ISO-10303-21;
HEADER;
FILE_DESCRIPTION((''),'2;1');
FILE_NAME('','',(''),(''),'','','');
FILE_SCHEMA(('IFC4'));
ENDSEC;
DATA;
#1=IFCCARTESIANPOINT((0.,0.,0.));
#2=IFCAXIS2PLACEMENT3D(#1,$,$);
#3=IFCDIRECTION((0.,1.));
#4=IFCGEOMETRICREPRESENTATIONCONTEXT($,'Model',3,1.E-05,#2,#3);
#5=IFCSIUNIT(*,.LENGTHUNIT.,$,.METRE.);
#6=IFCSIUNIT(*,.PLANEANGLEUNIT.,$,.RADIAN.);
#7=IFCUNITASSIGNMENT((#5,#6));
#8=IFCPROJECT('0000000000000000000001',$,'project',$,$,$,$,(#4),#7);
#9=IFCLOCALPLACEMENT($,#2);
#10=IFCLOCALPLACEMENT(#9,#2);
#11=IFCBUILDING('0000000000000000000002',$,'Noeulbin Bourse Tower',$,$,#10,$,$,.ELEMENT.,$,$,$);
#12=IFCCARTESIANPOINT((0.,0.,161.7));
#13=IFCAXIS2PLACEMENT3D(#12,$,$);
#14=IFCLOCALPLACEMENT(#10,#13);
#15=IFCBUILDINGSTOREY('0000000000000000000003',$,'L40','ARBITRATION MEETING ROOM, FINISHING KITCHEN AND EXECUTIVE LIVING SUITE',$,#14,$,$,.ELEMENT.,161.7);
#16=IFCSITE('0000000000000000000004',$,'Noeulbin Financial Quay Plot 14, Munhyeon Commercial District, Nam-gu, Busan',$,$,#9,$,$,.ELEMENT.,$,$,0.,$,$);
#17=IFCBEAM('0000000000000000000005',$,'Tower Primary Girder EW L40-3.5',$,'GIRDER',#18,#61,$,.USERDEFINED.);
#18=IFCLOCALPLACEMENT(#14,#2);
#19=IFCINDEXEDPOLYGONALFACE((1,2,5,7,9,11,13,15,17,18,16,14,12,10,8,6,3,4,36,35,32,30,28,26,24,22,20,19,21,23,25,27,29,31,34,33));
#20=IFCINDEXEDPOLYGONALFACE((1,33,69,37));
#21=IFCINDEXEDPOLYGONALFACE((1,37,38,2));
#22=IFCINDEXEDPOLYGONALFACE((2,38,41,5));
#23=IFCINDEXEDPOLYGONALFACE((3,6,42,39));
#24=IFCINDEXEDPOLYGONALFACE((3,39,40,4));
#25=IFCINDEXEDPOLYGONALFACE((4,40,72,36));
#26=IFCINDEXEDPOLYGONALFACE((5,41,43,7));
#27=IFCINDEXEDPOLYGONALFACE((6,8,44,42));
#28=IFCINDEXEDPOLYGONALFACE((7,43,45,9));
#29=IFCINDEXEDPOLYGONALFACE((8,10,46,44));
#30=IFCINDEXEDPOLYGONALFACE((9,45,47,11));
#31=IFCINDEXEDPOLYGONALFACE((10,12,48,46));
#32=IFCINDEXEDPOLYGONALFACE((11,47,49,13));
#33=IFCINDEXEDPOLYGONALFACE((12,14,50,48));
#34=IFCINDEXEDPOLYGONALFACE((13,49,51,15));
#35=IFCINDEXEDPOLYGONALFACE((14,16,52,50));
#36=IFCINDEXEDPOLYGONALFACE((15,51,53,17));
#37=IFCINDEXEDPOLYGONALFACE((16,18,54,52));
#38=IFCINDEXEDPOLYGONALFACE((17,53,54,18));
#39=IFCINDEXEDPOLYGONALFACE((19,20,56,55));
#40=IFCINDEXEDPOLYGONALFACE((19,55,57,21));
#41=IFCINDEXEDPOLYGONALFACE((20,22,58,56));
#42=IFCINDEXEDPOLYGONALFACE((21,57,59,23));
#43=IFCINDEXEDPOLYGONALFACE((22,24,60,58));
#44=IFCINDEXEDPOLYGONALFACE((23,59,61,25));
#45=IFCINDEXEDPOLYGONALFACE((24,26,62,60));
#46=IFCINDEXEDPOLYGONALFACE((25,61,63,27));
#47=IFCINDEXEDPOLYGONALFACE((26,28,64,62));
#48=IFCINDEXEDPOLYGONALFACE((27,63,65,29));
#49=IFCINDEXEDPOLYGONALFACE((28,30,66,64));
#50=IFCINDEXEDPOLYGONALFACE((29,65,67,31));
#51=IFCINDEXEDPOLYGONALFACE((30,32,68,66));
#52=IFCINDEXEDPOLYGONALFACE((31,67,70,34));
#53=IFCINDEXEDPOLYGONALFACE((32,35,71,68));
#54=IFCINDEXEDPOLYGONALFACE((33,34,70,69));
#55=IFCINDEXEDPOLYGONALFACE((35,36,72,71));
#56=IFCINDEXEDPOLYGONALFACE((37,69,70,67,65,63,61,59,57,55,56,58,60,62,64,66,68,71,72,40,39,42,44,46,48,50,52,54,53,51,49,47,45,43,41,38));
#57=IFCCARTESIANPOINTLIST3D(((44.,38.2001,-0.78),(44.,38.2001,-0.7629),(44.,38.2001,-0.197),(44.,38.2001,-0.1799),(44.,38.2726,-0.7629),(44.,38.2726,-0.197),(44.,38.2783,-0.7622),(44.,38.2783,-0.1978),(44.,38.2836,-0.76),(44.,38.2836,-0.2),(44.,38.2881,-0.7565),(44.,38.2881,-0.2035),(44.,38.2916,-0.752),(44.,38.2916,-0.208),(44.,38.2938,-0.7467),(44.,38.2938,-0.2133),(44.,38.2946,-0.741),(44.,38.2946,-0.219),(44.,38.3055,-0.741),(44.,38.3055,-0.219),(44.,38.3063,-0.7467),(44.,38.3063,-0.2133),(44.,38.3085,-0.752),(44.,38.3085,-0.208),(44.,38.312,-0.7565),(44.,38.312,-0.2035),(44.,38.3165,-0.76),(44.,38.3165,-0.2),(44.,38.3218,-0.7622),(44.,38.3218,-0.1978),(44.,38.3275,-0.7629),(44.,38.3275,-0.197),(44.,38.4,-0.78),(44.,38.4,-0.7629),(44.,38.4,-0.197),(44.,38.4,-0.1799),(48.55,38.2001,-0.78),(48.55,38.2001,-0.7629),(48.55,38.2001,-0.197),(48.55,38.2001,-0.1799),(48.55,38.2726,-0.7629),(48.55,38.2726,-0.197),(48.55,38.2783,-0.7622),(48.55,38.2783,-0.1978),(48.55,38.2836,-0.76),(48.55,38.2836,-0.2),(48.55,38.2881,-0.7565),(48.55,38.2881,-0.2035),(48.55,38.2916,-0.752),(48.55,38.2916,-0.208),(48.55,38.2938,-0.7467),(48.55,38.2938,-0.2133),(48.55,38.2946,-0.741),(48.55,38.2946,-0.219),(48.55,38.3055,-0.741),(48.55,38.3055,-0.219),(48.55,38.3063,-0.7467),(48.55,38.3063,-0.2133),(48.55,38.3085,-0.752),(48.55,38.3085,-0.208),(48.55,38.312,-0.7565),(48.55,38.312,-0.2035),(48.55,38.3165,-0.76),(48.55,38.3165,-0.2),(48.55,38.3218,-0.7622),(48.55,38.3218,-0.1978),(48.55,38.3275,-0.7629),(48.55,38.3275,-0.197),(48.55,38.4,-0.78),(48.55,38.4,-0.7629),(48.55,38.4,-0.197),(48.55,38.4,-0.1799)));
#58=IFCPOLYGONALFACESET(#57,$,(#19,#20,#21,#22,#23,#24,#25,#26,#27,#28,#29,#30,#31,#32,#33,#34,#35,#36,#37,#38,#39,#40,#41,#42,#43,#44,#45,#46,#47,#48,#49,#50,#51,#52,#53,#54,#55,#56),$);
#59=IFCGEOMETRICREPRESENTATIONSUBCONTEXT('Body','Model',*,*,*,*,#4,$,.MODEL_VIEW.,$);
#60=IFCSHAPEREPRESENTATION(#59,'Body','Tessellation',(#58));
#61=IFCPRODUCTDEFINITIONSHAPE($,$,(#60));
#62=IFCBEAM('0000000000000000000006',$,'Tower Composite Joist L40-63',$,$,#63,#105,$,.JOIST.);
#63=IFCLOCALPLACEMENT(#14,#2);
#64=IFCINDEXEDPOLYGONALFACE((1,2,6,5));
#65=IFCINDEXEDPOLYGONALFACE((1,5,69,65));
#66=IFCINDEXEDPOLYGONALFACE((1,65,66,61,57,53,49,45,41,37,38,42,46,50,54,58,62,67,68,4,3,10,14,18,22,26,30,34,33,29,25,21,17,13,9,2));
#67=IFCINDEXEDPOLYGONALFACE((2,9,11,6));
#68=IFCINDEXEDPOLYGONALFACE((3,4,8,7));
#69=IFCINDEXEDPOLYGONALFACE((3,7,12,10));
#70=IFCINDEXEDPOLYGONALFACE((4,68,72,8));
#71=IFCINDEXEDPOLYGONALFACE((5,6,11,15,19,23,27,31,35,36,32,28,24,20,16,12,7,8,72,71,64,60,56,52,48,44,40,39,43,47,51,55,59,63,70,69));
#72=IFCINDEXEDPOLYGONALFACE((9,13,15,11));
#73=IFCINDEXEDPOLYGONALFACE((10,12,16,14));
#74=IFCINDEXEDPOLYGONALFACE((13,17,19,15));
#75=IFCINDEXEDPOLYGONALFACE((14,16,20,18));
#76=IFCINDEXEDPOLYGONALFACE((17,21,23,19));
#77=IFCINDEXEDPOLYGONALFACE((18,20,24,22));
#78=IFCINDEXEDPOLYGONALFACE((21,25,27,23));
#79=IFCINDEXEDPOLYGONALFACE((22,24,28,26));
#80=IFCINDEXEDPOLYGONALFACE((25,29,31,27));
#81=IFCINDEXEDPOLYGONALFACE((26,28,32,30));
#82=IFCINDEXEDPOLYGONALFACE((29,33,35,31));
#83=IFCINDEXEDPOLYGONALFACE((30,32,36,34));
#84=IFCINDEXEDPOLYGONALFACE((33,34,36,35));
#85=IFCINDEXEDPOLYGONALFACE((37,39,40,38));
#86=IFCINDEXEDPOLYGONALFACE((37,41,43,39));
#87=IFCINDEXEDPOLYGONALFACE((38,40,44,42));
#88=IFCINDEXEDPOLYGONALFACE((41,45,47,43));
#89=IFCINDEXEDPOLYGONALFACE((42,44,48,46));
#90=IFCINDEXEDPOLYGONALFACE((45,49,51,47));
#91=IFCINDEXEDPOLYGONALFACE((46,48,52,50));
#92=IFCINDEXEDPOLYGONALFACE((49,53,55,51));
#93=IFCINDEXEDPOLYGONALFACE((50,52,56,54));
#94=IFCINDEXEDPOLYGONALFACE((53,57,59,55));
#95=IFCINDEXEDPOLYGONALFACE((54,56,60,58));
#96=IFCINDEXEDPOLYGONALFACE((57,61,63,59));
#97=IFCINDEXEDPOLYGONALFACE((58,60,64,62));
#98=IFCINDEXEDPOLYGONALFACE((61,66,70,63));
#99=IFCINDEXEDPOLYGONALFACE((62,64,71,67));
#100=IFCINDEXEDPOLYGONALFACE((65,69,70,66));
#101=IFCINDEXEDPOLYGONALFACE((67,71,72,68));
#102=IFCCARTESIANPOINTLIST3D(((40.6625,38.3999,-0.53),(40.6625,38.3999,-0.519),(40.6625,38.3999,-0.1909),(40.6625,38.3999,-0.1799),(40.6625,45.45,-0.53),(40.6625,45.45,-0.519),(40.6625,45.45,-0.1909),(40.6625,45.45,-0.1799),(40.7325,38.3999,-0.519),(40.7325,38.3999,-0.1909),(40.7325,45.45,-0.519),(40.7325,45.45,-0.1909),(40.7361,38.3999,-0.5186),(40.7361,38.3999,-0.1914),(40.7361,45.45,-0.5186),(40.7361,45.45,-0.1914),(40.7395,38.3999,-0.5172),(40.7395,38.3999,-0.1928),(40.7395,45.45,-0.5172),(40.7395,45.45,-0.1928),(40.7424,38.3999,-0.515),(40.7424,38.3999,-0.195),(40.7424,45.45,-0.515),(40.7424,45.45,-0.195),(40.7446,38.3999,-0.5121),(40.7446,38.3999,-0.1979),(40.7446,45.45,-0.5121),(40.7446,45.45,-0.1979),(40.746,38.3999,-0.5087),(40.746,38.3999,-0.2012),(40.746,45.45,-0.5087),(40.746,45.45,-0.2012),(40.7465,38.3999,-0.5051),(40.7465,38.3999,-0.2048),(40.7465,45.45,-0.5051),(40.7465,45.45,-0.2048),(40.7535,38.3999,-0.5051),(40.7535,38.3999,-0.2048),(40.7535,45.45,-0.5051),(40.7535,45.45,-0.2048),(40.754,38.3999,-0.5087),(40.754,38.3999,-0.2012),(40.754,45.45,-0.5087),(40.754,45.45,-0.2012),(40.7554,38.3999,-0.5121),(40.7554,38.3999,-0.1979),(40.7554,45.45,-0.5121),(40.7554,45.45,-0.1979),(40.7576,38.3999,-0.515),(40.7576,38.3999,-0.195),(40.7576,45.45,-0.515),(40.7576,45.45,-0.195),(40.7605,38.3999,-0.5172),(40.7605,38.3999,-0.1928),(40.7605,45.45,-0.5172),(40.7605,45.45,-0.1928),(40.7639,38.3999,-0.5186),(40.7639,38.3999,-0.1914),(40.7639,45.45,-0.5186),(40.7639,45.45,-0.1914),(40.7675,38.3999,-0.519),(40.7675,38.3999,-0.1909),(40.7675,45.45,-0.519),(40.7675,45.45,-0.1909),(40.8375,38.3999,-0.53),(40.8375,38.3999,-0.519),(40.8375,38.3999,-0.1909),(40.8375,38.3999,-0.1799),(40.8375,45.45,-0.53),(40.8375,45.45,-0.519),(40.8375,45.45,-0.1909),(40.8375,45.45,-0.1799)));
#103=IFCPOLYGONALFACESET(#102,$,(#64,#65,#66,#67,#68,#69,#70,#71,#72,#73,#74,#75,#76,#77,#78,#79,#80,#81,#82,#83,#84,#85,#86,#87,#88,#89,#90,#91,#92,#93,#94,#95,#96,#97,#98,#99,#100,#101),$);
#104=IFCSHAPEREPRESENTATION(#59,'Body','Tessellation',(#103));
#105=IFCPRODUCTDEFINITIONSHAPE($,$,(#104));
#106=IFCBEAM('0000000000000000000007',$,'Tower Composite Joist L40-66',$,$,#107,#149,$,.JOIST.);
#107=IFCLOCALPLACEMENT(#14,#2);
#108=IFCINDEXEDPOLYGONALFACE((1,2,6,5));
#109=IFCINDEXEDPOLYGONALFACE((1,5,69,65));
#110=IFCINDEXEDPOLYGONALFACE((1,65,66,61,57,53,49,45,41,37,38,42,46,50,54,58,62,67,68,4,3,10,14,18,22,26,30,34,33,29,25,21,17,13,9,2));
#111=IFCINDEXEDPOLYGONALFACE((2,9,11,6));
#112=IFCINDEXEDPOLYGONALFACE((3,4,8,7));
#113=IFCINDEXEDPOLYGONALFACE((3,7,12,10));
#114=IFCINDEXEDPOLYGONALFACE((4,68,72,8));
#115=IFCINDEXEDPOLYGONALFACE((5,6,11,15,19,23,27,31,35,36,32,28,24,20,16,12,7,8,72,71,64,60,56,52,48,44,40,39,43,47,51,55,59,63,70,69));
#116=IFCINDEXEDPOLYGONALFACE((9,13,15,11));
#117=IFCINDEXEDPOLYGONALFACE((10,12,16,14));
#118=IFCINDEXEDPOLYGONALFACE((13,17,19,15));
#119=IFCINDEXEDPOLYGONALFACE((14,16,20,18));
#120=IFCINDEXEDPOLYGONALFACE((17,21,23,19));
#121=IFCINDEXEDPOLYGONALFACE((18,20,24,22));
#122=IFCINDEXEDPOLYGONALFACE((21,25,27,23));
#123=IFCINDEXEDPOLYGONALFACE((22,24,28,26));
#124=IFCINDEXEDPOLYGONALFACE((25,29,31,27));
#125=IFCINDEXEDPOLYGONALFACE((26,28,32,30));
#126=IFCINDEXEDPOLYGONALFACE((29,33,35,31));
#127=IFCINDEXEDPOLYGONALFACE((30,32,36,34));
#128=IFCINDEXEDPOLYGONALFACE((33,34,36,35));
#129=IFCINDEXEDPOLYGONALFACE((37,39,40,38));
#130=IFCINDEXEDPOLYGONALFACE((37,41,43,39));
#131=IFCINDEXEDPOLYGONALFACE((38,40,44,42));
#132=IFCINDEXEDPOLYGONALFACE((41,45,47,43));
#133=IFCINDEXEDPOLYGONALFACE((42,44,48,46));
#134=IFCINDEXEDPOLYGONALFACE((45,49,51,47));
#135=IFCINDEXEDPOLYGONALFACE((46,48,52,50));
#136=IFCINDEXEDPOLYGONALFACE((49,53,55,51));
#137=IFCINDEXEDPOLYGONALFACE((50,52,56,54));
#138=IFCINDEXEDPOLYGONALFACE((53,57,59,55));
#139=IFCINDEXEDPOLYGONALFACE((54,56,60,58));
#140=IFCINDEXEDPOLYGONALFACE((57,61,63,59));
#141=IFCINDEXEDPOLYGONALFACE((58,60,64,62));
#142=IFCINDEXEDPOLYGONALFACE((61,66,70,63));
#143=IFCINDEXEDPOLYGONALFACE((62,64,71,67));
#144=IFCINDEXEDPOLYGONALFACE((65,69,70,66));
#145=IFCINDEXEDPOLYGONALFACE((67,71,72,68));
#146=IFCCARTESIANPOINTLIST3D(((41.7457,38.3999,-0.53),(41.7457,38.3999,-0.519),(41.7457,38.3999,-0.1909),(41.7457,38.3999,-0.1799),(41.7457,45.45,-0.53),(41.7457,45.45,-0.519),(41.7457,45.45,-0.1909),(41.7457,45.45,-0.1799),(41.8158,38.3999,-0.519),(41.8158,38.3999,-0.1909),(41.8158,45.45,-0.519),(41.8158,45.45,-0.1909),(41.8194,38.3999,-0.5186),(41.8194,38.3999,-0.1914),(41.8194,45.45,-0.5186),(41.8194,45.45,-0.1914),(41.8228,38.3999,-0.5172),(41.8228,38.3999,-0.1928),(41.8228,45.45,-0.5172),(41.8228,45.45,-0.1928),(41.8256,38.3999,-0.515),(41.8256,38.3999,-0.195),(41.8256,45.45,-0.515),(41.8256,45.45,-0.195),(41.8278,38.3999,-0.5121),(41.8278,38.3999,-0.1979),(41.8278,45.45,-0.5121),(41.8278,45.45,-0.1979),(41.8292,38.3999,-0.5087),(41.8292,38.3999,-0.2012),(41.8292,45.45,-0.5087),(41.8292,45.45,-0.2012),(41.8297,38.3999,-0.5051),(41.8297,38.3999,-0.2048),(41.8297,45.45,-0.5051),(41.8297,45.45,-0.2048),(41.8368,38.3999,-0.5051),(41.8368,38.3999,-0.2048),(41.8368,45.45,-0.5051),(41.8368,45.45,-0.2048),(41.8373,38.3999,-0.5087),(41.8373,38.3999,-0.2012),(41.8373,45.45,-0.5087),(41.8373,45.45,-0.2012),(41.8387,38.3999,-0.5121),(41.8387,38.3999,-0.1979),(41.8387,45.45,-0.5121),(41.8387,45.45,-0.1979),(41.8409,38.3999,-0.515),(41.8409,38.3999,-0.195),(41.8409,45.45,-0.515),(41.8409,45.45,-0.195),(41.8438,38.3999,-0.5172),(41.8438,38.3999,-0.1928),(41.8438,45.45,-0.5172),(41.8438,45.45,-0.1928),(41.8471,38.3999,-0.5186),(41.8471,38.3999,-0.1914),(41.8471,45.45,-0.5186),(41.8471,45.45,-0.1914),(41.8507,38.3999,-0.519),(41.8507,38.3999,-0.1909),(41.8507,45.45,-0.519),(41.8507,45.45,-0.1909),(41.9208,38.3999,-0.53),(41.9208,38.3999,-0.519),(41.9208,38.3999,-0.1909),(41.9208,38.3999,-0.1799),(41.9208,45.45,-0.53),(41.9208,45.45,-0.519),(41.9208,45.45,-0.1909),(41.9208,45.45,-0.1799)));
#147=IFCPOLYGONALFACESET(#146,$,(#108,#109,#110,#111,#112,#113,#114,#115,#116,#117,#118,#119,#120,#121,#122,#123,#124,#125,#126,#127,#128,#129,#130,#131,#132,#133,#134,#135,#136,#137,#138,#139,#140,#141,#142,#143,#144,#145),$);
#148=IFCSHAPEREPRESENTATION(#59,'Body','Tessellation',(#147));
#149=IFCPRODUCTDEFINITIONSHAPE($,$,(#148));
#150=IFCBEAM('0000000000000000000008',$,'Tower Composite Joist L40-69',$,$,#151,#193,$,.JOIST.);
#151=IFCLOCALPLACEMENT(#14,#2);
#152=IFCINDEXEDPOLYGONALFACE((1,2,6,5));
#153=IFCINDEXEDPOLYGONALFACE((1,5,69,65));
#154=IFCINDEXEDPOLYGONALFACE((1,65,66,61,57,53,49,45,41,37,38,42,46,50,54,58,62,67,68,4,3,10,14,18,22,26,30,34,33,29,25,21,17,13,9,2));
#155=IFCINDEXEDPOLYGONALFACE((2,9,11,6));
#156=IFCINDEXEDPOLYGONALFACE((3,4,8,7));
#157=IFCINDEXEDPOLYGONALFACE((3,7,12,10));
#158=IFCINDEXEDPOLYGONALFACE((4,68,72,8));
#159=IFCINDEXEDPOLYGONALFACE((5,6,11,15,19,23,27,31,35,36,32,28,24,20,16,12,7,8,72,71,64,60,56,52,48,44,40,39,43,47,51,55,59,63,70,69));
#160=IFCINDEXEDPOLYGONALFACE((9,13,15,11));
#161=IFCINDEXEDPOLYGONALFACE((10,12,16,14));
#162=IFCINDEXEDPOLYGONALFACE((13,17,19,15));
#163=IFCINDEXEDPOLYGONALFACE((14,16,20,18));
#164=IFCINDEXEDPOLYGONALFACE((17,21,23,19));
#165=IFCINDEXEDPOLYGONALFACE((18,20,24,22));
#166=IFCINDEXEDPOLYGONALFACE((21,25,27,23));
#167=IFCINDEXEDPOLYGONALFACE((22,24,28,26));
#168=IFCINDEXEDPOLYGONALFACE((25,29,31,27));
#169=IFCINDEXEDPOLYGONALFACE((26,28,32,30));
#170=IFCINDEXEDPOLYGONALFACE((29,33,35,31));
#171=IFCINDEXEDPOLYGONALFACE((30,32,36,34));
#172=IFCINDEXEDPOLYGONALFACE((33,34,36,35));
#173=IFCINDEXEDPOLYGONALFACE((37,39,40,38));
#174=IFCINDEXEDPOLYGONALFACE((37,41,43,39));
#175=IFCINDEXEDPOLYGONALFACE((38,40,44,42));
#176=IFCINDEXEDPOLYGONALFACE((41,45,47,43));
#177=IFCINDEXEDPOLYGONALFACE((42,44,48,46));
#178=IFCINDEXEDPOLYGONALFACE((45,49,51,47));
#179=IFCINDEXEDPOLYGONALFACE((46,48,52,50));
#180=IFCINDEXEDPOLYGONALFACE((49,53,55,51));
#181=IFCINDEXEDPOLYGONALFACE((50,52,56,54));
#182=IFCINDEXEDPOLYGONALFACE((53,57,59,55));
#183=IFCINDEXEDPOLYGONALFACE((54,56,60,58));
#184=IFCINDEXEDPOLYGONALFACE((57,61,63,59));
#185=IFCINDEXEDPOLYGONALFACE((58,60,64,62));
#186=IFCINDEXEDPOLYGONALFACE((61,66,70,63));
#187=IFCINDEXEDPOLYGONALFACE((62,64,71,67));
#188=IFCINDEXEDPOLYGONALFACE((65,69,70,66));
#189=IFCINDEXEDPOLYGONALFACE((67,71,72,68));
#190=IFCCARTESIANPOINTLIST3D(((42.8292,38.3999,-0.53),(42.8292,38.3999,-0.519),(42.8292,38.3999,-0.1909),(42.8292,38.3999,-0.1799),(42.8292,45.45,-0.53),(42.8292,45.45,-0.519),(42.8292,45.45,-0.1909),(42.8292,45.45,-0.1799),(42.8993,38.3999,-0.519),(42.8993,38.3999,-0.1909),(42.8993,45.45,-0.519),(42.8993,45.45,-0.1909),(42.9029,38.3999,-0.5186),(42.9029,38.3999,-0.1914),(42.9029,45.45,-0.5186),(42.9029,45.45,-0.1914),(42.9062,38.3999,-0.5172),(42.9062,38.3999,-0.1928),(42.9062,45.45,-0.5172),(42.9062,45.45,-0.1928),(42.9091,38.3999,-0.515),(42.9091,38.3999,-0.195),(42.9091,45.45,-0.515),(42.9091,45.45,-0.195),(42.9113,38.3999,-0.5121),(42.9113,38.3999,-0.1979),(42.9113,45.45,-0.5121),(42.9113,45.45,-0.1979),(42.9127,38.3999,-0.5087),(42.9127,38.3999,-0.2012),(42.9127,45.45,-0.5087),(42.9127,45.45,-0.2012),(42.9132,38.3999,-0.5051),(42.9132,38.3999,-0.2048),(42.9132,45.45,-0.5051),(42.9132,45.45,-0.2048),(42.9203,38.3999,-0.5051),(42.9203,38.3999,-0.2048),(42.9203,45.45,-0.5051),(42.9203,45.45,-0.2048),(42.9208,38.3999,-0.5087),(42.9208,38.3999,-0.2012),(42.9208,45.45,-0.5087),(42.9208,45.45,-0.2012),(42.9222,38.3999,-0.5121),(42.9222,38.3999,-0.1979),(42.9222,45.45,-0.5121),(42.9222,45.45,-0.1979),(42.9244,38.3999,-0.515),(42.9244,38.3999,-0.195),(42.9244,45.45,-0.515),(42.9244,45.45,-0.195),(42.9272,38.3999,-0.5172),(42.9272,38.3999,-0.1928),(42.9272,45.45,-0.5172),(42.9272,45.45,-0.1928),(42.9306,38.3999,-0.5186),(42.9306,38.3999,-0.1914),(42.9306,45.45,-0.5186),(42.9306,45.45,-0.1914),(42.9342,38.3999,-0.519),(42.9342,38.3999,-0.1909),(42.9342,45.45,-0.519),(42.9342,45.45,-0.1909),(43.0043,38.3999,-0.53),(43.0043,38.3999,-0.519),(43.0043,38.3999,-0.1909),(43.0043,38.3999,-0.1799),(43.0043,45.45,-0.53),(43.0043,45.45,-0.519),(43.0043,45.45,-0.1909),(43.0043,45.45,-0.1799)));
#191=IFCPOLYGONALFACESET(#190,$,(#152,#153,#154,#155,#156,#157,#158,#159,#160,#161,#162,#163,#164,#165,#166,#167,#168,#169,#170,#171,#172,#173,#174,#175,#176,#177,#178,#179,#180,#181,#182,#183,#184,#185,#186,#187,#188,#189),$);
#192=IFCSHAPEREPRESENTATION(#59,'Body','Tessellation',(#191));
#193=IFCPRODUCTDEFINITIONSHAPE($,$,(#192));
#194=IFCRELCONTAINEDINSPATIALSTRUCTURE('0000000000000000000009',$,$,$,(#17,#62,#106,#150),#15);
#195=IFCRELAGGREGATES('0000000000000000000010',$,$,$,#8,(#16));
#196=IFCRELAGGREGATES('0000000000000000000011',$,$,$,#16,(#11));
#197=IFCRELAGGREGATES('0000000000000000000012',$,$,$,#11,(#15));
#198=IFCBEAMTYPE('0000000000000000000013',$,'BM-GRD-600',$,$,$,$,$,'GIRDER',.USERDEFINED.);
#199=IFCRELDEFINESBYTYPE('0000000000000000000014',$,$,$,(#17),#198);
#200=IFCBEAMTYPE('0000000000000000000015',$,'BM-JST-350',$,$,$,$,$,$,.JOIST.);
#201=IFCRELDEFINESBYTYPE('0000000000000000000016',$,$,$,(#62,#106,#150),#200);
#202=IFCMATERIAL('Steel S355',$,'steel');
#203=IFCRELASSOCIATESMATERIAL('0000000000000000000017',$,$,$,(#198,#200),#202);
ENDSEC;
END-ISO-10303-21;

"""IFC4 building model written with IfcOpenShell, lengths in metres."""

from ifc_helpers import new_model, si_unit, direction, frame, origin, origin_2d, place, context, subcontext, project, spatial, i_section, extrude, material, material_profile, profile_set, type_object, element, save


model = new_model("IFC4")

# Units and contexts
model_context = context("Model", 3, precision=1e-05, world=origin(), true_north=direction((0.0, 1.0)))
body_context = subcontext(model_context, "Body", "Model", "MODEL_VIEW")
ifc_project = project(units=[si_unit("LENGTHUNIT", "METRE"), si_unit("PLANEANGLEUNIT", "RADIAN")], contexts=[model_context])

# Site, building, storey
site_placement = place(None, origin())
site = spatial("IfcSite", under=ifc_project, at=site_placement, Name="Noeulbin Financial Quay Plot 14, Munhyeon Commercial District, Nam-gu, Busan", CompositionType="ELEMENT", RefElevation=0.0)
building_placement = place(site_placement, origin())
building = spatial("IfcBuilding", under=site, at=building_placement, Name="Noeulbin Bourse Tower", CompositionType="ELEMENT")
storey_placement = place(building_placement, frame((0.0, 0.0, 161.7)))
storey = spatial("IfcBuildingStorey", under=building, at=storey_placement, Name="L40", Description="ARBITRATION MEETING ROOM, FINISHING KITCHEN AND EXECUTIVE LIVING SUITE", CompositionType="ELEMENT", Elevation=161.7)

# Shared definitions
ifc_material_1 = material(Name="Steel S355", Category="steel")

# Beams
ifc_material_profile_1 = material_profile(ifc_material_1, i_section(OverallWidth=0.2, OverallDepth=0.6001, WebThickness=0.011, FlangeThickness=0.0171, FilletRadius=0.022, at=origin_2d()), Name="H-600x200x11x17", Category="LoadBearing")
ifc_profile_set_1 = profile_set([ifc_material_profile_1], Name="Steel S355")
beam_type_1 = type_object("IfcBeamType", Name="BM-GRD-600", ElementType="GIRDER", PredefinedType="USERDEFINED", material=ifc_profile_set_1)
beam_1_placement = place(storey_placement, frame((44.0, 38.3, -0.48), z_axis=(1.0, 0.0, 0.0), x_axis=(0.0, 1.0, 0.0)))
element("IfcBeam", 1, at=beam_1_placement, inside=storey, type_object=beam_type_1, Name="Tower Primary Girder EW L40-3.5", ObjectType="GIRDER", PredefinedType="USERDEFINED", context=body_context, shape_type="SweptSolid", body=[
    extrude(i_section(OverallWidth=0.2, OverallDepth=0.6001, WebThickness=0.011, FlangeThickness=0.0171, FilletRadius=0.022, at=origin_2d()), origin(), (0.0, 0.0, 1.0), 4.55),
])
ifc_material_profile_2 = material_profile(ifc_material_1, i_section(OverallWidth=0.175, OverallDepth=0.3501, WebThickness=0.0071, FlangeThickness=0.011, FilletRadius=0.0139, at=origin_2d()), Name="H-350x175x7x11", Category="LoadBearing")
ifc_profile_set_2 = profile_set([ifc_material_profile_2], Name="Steel S355")
beam_type_2 = type_object("IfcBeamType", Name="BM-JST-350", PredefinedType="JOIST", material=ifc_profile_set_2)
for number, where, z_axis, x_axis, name in (
    (2, (40.75, 38.3999, -0.355), (0.0, 1.0, 0.0), (-1.0, 0.0, 0.0), "Tower Composite Joist L40-63"),
    (3, (41.8333, 38.3999, -0.355), (0.0, 1.0, 0.0), (-1.0, 0.0, 0.0), "Tower Composite Joist L40-66"),
    (4, (42.9167, 38.3999, -0.355), (0.0, 1.0, 0.0), (-1.0, 0.0, 0.0), "Tower Composite Joist L40-69"),
):
    element("IfcBeam", number, at=place(storey_placement, frame(where, z_axis=z_axis, x_axis=x_axis)), inside=storey, type_object=beam_type_2, Name=name, PredefinedType="JOIST", context=body_context, shape_type="SweptSolid", body=[
        extrude(i_section(OverallWidth=0.175, OverallDepth=0.3501, WebThickness=0.0071, FlangeThickness=0.011, FilletRadius=0.0139, at=origin_2d()), origin(), (0.0, 0.0, 1.0), 7.05),
    ])

save(model, "model.ifc")
